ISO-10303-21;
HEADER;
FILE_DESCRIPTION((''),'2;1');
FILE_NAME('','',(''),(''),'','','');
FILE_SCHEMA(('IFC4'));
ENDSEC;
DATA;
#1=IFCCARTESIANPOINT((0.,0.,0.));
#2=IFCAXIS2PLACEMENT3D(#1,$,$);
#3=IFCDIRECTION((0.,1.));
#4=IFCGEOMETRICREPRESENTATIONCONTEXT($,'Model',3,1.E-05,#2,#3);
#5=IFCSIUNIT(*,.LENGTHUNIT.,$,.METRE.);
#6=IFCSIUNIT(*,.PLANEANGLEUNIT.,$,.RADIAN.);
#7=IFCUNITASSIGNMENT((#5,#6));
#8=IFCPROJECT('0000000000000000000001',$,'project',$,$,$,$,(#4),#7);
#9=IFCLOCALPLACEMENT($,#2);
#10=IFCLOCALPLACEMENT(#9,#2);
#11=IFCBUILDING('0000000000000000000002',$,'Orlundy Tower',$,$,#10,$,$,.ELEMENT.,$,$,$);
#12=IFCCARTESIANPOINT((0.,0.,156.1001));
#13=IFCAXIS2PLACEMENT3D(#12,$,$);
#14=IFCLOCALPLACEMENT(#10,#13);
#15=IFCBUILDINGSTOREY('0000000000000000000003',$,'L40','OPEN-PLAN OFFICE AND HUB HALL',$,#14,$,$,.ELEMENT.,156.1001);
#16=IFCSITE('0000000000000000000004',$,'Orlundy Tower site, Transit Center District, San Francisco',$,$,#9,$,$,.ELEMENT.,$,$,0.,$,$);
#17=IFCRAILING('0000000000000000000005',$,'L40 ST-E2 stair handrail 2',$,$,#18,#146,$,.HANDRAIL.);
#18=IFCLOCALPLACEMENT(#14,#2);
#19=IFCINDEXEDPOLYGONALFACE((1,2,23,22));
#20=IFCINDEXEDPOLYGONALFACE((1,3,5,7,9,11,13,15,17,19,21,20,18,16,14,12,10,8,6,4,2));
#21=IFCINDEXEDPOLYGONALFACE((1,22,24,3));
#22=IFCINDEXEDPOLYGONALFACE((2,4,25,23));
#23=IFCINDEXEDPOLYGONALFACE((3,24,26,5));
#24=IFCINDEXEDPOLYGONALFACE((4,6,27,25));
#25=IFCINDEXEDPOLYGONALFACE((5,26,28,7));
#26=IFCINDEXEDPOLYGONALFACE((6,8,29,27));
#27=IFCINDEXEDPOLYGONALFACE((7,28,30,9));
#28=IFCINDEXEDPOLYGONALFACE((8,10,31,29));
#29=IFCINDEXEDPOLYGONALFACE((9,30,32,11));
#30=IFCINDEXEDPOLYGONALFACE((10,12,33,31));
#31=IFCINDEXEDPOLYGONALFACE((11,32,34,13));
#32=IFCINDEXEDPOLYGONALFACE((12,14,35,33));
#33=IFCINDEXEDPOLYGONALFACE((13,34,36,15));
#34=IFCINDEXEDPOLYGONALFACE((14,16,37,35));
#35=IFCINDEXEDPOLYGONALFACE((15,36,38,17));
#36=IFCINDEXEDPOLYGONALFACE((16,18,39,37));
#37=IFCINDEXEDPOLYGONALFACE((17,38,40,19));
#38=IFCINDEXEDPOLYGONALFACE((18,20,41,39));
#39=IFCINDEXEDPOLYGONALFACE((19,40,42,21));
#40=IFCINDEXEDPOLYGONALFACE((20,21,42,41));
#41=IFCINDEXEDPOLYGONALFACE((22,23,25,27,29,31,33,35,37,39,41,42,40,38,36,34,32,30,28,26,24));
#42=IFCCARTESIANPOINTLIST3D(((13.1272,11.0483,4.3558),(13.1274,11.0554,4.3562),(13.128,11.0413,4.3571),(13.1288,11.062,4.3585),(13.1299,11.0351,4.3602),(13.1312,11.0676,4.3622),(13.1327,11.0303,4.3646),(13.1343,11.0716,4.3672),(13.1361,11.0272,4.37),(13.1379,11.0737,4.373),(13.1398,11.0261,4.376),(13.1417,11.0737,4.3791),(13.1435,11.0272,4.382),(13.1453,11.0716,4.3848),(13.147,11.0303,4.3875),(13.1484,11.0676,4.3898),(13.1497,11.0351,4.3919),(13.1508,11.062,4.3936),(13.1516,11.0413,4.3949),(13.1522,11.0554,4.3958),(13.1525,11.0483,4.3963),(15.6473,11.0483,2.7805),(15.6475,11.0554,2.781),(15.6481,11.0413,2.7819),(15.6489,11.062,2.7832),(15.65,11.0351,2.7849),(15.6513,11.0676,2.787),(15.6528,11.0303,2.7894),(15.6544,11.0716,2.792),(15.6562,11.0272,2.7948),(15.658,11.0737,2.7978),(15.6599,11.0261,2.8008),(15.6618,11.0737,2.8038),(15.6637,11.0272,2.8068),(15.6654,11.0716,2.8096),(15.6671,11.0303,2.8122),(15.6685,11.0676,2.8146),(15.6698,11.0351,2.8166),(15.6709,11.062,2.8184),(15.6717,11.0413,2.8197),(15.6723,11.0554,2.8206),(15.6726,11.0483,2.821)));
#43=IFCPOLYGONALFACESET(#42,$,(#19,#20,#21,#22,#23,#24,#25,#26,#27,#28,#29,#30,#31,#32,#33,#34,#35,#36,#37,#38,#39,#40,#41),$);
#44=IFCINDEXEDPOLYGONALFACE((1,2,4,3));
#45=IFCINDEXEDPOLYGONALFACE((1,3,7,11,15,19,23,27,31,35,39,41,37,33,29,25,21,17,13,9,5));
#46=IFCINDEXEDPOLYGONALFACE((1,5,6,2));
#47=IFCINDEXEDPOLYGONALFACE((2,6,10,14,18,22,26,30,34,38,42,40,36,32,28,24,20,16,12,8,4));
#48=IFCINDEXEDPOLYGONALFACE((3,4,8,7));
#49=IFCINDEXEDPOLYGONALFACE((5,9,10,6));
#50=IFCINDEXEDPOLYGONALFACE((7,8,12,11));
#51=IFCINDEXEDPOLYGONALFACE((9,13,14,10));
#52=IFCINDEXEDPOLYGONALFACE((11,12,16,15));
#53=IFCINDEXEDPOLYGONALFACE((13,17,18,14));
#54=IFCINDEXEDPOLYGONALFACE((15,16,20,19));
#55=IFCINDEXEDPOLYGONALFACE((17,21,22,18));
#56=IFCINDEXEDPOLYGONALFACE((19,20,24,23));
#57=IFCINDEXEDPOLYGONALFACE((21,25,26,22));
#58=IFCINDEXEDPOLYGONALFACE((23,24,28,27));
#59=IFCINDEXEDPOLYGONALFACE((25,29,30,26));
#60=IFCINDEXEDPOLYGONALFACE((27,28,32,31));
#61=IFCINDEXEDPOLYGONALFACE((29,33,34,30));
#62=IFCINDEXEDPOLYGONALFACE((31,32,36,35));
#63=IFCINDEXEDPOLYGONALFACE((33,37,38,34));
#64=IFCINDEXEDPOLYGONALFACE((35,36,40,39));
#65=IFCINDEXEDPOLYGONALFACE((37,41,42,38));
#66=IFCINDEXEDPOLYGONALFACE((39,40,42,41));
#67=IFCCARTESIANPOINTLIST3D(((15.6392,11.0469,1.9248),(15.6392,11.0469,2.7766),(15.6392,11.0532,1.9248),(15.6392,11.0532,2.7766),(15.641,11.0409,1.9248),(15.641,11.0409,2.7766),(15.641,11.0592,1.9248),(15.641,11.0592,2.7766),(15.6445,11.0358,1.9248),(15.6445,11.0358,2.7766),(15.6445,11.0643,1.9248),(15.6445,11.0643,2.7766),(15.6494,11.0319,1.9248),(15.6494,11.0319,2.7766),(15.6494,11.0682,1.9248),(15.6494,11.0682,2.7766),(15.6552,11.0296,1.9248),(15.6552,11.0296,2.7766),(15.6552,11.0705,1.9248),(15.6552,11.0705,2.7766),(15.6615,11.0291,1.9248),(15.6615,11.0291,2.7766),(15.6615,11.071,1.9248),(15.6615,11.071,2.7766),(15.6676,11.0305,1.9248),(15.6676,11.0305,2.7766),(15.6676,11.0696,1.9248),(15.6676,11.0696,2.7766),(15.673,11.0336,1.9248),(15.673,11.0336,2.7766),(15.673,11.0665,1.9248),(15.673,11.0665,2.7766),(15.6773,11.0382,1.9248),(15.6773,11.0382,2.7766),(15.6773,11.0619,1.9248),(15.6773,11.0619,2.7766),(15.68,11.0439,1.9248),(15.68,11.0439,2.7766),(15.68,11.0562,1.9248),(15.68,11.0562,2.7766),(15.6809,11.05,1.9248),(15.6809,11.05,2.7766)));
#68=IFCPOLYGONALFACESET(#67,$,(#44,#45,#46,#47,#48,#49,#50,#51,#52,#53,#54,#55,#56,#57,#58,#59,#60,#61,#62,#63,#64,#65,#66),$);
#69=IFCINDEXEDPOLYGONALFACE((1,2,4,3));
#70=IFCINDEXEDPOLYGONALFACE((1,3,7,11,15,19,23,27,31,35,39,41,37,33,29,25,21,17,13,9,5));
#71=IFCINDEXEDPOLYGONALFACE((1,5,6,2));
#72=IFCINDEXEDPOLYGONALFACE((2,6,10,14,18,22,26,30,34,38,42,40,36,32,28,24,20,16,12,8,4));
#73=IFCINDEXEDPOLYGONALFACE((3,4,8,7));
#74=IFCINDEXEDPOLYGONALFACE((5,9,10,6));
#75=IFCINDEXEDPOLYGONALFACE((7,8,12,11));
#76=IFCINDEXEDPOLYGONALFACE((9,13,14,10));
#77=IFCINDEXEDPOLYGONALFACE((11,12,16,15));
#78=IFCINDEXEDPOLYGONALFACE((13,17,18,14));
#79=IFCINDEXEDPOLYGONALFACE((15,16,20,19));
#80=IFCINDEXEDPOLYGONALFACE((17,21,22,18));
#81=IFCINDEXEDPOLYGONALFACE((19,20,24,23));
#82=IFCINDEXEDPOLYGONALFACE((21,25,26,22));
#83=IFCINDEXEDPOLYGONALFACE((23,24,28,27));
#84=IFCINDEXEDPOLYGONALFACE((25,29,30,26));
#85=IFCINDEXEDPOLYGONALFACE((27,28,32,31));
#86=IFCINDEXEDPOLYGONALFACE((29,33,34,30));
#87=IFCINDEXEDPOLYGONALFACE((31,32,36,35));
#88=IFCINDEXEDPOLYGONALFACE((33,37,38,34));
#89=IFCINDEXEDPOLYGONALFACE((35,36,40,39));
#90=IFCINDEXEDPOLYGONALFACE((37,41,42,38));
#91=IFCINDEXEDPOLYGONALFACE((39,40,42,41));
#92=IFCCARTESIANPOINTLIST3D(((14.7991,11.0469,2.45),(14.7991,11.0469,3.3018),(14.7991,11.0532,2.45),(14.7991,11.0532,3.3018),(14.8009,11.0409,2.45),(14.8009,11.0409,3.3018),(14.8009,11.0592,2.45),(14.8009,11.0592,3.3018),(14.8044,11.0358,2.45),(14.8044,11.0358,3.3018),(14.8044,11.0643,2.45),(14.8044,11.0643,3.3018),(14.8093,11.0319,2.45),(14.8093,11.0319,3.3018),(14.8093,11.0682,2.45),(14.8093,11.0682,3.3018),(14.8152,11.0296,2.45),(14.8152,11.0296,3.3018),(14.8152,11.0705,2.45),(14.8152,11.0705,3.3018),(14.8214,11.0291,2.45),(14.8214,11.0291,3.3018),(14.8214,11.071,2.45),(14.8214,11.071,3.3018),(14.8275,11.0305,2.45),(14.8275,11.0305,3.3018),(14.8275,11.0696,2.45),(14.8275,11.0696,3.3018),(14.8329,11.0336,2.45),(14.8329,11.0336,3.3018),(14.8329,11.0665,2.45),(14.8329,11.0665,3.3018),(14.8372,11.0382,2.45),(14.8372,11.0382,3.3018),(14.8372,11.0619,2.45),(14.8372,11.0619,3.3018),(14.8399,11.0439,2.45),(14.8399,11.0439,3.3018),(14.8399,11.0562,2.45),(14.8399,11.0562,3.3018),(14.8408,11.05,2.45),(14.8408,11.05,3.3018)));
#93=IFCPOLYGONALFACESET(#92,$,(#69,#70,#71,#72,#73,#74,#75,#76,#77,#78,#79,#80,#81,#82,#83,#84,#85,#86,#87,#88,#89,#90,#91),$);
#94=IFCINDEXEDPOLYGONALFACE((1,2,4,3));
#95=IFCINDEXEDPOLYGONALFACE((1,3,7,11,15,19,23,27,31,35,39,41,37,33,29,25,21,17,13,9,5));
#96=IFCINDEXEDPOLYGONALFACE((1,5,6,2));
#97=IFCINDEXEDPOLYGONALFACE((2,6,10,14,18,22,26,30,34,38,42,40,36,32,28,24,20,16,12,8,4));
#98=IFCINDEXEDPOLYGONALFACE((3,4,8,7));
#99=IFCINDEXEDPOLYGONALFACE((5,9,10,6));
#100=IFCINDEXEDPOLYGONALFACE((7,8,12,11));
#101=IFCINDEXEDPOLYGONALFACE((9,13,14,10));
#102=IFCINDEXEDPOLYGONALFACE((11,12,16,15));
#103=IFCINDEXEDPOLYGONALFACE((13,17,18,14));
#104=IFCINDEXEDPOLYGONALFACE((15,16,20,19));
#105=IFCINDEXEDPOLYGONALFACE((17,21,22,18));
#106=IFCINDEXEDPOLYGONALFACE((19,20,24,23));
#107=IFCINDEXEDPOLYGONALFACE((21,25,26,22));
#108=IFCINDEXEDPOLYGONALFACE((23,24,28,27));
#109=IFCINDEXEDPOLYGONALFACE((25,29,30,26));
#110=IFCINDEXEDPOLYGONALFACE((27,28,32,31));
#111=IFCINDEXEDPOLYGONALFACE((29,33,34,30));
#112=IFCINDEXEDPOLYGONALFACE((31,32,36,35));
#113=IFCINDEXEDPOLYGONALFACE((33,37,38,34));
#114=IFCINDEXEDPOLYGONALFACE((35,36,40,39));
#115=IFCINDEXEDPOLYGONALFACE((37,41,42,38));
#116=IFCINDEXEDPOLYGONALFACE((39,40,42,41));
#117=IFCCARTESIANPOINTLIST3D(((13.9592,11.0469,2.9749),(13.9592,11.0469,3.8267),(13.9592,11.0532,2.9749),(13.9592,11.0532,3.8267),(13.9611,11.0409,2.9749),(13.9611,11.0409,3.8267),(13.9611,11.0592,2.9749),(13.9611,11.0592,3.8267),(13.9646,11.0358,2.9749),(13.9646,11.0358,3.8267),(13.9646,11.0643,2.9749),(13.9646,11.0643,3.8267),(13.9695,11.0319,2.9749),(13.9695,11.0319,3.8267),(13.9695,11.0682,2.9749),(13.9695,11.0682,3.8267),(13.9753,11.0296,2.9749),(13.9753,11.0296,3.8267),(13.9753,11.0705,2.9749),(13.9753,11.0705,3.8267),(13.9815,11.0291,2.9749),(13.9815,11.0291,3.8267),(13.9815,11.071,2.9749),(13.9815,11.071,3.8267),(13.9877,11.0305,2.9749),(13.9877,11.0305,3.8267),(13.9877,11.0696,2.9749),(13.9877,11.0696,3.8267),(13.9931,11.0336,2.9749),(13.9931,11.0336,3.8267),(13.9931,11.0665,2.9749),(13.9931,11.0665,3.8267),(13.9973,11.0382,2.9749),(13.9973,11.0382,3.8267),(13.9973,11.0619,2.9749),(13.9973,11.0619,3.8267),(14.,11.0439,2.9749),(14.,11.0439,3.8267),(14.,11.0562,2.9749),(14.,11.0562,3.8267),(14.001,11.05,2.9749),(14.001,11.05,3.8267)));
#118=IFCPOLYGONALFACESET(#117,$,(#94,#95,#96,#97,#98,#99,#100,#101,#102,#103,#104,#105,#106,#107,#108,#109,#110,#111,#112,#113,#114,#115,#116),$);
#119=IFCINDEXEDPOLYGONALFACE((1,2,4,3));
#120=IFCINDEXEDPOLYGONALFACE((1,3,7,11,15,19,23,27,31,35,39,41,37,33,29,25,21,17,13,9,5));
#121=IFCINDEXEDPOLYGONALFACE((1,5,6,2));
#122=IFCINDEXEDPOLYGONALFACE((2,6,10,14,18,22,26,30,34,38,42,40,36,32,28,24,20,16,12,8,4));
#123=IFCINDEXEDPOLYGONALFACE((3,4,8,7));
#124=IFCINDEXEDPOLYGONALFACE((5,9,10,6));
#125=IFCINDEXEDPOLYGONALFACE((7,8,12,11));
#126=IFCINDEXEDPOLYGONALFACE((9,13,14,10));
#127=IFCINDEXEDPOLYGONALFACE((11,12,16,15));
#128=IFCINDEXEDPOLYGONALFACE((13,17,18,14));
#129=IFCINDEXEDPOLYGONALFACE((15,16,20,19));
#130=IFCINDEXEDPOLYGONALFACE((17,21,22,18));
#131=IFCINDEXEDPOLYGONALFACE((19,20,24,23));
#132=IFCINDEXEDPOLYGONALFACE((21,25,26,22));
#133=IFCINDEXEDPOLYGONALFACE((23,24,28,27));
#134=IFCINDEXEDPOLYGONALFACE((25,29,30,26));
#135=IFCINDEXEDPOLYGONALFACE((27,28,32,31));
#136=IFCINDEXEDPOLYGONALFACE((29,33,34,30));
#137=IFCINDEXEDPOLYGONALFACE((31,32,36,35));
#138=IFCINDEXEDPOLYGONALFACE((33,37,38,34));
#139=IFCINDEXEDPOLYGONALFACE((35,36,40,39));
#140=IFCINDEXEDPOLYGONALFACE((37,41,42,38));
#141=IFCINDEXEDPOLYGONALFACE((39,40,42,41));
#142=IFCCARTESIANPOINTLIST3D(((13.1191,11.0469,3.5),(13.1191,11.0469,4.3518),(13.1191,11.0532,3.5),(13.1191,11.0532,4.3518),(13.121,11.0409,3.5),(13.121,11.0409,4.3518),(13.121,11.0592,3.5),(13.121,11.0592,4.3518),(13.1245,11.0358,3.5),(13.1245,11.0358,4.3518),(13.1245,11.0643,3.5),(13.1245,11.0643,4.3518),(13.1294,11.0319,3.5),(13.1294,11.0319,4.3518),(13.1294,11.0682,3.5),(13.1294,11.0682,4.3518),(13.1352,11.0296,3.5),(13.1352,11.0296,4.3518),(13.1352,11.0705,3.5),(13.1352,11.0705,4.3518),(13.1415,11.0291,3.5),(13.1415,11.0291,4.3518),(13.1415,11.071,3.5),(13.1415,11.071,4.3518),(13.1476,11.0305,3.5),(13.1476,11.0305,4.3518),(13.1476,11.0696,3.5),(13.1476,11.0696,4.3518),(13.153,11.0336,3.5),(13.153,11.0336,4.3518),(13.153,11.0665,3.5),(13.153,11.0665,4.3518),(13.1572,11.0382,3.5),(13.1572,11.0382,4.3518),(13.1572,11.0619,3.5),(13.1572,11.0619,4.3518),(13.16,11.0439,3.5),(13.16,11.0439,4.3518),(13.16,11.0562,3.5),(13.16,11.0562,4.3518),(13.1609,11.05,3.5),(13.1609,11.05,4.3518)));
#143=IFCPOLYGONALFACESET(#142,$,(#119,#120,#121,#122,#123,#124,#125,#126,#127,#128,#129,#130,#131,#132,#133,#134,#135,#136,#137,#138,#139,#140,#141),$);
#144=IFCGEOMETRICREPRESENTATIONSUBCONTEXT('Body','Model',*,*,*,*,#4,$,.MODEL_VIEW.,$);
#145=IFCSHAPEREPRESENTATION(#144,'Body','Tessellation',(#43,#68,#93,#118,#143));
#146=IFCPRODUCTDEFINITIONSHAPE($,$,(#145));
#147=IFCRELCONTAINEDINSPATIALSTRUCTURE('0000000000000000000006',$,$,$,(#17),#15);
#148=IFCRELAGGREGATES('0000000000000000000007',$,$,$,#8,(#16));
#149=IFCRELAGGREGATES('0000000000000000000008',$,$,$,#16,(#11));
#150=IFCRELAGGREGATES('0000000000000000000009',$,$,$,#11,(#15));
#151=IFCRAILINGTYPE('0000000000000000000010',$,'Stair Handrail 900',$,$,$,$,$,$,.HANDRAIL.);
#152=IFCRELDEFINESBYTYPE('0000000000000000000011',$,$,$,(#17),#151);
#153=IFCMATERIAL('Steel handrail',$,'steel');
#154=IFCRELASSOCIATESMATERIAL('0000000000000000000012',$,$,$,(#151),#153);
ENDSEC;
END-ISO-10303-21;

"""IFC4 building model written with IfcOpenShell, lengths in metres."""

from ifc_helpers import new_model, si_unit, direction, frame, origin, origin_2d, place, context, subcontext, project, spatial, circle, extrude, material, type_object, element, save


model = new_model("IFC4")

# Units and contexts
model_context = context("Model", 3, precision=1e-05, world=origin(), true_north=direction((0.0, 1.0)))
body_context = subcontext(model_context, "Body", "Model", "MODEL_VIEW")
ifc_project = project(units=[si_unit("LENGTHUNIT", "METRE"), si_unit("PLANEANGLEUNIT", "RADIAN")], contexts=[model_context])

# Site, building, storey
site_placement = place(None, origin())
site = spatial("IfcSite", under=ifc_project, at=site_placement, Name="Orlundy Tower site, Transit Center District, San Francisco", CompositionType="ELEMENT", RefElevation=0.0)
building_placement = place(site_placement, origin())
building = spatial("IfcBuilding", under=site, at=building_placement, Name="Orlundy Tower", CompositionType="ELEMENT")
storey_placement = place(building_placement, frame((0.0, 0.0, 156.1001)))
storey = spatial("IfcBuildingStorey", under=building, at=storey_placement, Name="L40", Description="OPEN-PLAN OFFICE AND HUB HALL", CompositionType="ELEMENT", Elevation=156.1001)

# Railing
ifc_material_1 = material(Name="Steel handrail", Category="steel")
railing_type = type_object("IfcRailingType", Name="Stair Handrail 900", PredefinedType="HANDRAIL", material=ifc_material_1)
railing_placement = place(storey_placement, frame((15.6599, 11.05, 1.9248)))
element("IfcRailing", 1, at=railing_placement, inside=storey, type_object=railing_type, Name="L40 ST-E2 stair handrail 2", PredefinedType="HANDRAIL", context=body_context, shape_type="SweptSolid", body=[
    extrude(circle(Radius=0.0239, at=origin_2d()), frame((0.0, 0.0, 0.876), z_axis=(-0.847971, 0.0, 0.530043), x_axis=(0.0, -1.0, 0.0)), (0.0, 0.0, 1.0), 2.9719),
    extrude(circle(Radius=0.021, at=origin_2d()), origin(), (0.0, 0.0, 1.0), 0.8518),
    extrude(circle(Radius=0.021, at=origin_2d()), frame((-0.8401, 0.0, 0.5251)), (0.0, 0.0, 1.0), 0.8518),
    extrude(circle(Radius=0.021, at=origin_2d()), frame((-1.6799, 0.0, 1.05)), (0.0, 0.0, 1.0), 0.8518),
    extrude(circle(Radius=0.021, at=origin_2d()), frame((-2.52, 0.0, 1.5752)), (0.0, 0.0, 1.0), 0.8518),
])

save(model, "model.ifc")
